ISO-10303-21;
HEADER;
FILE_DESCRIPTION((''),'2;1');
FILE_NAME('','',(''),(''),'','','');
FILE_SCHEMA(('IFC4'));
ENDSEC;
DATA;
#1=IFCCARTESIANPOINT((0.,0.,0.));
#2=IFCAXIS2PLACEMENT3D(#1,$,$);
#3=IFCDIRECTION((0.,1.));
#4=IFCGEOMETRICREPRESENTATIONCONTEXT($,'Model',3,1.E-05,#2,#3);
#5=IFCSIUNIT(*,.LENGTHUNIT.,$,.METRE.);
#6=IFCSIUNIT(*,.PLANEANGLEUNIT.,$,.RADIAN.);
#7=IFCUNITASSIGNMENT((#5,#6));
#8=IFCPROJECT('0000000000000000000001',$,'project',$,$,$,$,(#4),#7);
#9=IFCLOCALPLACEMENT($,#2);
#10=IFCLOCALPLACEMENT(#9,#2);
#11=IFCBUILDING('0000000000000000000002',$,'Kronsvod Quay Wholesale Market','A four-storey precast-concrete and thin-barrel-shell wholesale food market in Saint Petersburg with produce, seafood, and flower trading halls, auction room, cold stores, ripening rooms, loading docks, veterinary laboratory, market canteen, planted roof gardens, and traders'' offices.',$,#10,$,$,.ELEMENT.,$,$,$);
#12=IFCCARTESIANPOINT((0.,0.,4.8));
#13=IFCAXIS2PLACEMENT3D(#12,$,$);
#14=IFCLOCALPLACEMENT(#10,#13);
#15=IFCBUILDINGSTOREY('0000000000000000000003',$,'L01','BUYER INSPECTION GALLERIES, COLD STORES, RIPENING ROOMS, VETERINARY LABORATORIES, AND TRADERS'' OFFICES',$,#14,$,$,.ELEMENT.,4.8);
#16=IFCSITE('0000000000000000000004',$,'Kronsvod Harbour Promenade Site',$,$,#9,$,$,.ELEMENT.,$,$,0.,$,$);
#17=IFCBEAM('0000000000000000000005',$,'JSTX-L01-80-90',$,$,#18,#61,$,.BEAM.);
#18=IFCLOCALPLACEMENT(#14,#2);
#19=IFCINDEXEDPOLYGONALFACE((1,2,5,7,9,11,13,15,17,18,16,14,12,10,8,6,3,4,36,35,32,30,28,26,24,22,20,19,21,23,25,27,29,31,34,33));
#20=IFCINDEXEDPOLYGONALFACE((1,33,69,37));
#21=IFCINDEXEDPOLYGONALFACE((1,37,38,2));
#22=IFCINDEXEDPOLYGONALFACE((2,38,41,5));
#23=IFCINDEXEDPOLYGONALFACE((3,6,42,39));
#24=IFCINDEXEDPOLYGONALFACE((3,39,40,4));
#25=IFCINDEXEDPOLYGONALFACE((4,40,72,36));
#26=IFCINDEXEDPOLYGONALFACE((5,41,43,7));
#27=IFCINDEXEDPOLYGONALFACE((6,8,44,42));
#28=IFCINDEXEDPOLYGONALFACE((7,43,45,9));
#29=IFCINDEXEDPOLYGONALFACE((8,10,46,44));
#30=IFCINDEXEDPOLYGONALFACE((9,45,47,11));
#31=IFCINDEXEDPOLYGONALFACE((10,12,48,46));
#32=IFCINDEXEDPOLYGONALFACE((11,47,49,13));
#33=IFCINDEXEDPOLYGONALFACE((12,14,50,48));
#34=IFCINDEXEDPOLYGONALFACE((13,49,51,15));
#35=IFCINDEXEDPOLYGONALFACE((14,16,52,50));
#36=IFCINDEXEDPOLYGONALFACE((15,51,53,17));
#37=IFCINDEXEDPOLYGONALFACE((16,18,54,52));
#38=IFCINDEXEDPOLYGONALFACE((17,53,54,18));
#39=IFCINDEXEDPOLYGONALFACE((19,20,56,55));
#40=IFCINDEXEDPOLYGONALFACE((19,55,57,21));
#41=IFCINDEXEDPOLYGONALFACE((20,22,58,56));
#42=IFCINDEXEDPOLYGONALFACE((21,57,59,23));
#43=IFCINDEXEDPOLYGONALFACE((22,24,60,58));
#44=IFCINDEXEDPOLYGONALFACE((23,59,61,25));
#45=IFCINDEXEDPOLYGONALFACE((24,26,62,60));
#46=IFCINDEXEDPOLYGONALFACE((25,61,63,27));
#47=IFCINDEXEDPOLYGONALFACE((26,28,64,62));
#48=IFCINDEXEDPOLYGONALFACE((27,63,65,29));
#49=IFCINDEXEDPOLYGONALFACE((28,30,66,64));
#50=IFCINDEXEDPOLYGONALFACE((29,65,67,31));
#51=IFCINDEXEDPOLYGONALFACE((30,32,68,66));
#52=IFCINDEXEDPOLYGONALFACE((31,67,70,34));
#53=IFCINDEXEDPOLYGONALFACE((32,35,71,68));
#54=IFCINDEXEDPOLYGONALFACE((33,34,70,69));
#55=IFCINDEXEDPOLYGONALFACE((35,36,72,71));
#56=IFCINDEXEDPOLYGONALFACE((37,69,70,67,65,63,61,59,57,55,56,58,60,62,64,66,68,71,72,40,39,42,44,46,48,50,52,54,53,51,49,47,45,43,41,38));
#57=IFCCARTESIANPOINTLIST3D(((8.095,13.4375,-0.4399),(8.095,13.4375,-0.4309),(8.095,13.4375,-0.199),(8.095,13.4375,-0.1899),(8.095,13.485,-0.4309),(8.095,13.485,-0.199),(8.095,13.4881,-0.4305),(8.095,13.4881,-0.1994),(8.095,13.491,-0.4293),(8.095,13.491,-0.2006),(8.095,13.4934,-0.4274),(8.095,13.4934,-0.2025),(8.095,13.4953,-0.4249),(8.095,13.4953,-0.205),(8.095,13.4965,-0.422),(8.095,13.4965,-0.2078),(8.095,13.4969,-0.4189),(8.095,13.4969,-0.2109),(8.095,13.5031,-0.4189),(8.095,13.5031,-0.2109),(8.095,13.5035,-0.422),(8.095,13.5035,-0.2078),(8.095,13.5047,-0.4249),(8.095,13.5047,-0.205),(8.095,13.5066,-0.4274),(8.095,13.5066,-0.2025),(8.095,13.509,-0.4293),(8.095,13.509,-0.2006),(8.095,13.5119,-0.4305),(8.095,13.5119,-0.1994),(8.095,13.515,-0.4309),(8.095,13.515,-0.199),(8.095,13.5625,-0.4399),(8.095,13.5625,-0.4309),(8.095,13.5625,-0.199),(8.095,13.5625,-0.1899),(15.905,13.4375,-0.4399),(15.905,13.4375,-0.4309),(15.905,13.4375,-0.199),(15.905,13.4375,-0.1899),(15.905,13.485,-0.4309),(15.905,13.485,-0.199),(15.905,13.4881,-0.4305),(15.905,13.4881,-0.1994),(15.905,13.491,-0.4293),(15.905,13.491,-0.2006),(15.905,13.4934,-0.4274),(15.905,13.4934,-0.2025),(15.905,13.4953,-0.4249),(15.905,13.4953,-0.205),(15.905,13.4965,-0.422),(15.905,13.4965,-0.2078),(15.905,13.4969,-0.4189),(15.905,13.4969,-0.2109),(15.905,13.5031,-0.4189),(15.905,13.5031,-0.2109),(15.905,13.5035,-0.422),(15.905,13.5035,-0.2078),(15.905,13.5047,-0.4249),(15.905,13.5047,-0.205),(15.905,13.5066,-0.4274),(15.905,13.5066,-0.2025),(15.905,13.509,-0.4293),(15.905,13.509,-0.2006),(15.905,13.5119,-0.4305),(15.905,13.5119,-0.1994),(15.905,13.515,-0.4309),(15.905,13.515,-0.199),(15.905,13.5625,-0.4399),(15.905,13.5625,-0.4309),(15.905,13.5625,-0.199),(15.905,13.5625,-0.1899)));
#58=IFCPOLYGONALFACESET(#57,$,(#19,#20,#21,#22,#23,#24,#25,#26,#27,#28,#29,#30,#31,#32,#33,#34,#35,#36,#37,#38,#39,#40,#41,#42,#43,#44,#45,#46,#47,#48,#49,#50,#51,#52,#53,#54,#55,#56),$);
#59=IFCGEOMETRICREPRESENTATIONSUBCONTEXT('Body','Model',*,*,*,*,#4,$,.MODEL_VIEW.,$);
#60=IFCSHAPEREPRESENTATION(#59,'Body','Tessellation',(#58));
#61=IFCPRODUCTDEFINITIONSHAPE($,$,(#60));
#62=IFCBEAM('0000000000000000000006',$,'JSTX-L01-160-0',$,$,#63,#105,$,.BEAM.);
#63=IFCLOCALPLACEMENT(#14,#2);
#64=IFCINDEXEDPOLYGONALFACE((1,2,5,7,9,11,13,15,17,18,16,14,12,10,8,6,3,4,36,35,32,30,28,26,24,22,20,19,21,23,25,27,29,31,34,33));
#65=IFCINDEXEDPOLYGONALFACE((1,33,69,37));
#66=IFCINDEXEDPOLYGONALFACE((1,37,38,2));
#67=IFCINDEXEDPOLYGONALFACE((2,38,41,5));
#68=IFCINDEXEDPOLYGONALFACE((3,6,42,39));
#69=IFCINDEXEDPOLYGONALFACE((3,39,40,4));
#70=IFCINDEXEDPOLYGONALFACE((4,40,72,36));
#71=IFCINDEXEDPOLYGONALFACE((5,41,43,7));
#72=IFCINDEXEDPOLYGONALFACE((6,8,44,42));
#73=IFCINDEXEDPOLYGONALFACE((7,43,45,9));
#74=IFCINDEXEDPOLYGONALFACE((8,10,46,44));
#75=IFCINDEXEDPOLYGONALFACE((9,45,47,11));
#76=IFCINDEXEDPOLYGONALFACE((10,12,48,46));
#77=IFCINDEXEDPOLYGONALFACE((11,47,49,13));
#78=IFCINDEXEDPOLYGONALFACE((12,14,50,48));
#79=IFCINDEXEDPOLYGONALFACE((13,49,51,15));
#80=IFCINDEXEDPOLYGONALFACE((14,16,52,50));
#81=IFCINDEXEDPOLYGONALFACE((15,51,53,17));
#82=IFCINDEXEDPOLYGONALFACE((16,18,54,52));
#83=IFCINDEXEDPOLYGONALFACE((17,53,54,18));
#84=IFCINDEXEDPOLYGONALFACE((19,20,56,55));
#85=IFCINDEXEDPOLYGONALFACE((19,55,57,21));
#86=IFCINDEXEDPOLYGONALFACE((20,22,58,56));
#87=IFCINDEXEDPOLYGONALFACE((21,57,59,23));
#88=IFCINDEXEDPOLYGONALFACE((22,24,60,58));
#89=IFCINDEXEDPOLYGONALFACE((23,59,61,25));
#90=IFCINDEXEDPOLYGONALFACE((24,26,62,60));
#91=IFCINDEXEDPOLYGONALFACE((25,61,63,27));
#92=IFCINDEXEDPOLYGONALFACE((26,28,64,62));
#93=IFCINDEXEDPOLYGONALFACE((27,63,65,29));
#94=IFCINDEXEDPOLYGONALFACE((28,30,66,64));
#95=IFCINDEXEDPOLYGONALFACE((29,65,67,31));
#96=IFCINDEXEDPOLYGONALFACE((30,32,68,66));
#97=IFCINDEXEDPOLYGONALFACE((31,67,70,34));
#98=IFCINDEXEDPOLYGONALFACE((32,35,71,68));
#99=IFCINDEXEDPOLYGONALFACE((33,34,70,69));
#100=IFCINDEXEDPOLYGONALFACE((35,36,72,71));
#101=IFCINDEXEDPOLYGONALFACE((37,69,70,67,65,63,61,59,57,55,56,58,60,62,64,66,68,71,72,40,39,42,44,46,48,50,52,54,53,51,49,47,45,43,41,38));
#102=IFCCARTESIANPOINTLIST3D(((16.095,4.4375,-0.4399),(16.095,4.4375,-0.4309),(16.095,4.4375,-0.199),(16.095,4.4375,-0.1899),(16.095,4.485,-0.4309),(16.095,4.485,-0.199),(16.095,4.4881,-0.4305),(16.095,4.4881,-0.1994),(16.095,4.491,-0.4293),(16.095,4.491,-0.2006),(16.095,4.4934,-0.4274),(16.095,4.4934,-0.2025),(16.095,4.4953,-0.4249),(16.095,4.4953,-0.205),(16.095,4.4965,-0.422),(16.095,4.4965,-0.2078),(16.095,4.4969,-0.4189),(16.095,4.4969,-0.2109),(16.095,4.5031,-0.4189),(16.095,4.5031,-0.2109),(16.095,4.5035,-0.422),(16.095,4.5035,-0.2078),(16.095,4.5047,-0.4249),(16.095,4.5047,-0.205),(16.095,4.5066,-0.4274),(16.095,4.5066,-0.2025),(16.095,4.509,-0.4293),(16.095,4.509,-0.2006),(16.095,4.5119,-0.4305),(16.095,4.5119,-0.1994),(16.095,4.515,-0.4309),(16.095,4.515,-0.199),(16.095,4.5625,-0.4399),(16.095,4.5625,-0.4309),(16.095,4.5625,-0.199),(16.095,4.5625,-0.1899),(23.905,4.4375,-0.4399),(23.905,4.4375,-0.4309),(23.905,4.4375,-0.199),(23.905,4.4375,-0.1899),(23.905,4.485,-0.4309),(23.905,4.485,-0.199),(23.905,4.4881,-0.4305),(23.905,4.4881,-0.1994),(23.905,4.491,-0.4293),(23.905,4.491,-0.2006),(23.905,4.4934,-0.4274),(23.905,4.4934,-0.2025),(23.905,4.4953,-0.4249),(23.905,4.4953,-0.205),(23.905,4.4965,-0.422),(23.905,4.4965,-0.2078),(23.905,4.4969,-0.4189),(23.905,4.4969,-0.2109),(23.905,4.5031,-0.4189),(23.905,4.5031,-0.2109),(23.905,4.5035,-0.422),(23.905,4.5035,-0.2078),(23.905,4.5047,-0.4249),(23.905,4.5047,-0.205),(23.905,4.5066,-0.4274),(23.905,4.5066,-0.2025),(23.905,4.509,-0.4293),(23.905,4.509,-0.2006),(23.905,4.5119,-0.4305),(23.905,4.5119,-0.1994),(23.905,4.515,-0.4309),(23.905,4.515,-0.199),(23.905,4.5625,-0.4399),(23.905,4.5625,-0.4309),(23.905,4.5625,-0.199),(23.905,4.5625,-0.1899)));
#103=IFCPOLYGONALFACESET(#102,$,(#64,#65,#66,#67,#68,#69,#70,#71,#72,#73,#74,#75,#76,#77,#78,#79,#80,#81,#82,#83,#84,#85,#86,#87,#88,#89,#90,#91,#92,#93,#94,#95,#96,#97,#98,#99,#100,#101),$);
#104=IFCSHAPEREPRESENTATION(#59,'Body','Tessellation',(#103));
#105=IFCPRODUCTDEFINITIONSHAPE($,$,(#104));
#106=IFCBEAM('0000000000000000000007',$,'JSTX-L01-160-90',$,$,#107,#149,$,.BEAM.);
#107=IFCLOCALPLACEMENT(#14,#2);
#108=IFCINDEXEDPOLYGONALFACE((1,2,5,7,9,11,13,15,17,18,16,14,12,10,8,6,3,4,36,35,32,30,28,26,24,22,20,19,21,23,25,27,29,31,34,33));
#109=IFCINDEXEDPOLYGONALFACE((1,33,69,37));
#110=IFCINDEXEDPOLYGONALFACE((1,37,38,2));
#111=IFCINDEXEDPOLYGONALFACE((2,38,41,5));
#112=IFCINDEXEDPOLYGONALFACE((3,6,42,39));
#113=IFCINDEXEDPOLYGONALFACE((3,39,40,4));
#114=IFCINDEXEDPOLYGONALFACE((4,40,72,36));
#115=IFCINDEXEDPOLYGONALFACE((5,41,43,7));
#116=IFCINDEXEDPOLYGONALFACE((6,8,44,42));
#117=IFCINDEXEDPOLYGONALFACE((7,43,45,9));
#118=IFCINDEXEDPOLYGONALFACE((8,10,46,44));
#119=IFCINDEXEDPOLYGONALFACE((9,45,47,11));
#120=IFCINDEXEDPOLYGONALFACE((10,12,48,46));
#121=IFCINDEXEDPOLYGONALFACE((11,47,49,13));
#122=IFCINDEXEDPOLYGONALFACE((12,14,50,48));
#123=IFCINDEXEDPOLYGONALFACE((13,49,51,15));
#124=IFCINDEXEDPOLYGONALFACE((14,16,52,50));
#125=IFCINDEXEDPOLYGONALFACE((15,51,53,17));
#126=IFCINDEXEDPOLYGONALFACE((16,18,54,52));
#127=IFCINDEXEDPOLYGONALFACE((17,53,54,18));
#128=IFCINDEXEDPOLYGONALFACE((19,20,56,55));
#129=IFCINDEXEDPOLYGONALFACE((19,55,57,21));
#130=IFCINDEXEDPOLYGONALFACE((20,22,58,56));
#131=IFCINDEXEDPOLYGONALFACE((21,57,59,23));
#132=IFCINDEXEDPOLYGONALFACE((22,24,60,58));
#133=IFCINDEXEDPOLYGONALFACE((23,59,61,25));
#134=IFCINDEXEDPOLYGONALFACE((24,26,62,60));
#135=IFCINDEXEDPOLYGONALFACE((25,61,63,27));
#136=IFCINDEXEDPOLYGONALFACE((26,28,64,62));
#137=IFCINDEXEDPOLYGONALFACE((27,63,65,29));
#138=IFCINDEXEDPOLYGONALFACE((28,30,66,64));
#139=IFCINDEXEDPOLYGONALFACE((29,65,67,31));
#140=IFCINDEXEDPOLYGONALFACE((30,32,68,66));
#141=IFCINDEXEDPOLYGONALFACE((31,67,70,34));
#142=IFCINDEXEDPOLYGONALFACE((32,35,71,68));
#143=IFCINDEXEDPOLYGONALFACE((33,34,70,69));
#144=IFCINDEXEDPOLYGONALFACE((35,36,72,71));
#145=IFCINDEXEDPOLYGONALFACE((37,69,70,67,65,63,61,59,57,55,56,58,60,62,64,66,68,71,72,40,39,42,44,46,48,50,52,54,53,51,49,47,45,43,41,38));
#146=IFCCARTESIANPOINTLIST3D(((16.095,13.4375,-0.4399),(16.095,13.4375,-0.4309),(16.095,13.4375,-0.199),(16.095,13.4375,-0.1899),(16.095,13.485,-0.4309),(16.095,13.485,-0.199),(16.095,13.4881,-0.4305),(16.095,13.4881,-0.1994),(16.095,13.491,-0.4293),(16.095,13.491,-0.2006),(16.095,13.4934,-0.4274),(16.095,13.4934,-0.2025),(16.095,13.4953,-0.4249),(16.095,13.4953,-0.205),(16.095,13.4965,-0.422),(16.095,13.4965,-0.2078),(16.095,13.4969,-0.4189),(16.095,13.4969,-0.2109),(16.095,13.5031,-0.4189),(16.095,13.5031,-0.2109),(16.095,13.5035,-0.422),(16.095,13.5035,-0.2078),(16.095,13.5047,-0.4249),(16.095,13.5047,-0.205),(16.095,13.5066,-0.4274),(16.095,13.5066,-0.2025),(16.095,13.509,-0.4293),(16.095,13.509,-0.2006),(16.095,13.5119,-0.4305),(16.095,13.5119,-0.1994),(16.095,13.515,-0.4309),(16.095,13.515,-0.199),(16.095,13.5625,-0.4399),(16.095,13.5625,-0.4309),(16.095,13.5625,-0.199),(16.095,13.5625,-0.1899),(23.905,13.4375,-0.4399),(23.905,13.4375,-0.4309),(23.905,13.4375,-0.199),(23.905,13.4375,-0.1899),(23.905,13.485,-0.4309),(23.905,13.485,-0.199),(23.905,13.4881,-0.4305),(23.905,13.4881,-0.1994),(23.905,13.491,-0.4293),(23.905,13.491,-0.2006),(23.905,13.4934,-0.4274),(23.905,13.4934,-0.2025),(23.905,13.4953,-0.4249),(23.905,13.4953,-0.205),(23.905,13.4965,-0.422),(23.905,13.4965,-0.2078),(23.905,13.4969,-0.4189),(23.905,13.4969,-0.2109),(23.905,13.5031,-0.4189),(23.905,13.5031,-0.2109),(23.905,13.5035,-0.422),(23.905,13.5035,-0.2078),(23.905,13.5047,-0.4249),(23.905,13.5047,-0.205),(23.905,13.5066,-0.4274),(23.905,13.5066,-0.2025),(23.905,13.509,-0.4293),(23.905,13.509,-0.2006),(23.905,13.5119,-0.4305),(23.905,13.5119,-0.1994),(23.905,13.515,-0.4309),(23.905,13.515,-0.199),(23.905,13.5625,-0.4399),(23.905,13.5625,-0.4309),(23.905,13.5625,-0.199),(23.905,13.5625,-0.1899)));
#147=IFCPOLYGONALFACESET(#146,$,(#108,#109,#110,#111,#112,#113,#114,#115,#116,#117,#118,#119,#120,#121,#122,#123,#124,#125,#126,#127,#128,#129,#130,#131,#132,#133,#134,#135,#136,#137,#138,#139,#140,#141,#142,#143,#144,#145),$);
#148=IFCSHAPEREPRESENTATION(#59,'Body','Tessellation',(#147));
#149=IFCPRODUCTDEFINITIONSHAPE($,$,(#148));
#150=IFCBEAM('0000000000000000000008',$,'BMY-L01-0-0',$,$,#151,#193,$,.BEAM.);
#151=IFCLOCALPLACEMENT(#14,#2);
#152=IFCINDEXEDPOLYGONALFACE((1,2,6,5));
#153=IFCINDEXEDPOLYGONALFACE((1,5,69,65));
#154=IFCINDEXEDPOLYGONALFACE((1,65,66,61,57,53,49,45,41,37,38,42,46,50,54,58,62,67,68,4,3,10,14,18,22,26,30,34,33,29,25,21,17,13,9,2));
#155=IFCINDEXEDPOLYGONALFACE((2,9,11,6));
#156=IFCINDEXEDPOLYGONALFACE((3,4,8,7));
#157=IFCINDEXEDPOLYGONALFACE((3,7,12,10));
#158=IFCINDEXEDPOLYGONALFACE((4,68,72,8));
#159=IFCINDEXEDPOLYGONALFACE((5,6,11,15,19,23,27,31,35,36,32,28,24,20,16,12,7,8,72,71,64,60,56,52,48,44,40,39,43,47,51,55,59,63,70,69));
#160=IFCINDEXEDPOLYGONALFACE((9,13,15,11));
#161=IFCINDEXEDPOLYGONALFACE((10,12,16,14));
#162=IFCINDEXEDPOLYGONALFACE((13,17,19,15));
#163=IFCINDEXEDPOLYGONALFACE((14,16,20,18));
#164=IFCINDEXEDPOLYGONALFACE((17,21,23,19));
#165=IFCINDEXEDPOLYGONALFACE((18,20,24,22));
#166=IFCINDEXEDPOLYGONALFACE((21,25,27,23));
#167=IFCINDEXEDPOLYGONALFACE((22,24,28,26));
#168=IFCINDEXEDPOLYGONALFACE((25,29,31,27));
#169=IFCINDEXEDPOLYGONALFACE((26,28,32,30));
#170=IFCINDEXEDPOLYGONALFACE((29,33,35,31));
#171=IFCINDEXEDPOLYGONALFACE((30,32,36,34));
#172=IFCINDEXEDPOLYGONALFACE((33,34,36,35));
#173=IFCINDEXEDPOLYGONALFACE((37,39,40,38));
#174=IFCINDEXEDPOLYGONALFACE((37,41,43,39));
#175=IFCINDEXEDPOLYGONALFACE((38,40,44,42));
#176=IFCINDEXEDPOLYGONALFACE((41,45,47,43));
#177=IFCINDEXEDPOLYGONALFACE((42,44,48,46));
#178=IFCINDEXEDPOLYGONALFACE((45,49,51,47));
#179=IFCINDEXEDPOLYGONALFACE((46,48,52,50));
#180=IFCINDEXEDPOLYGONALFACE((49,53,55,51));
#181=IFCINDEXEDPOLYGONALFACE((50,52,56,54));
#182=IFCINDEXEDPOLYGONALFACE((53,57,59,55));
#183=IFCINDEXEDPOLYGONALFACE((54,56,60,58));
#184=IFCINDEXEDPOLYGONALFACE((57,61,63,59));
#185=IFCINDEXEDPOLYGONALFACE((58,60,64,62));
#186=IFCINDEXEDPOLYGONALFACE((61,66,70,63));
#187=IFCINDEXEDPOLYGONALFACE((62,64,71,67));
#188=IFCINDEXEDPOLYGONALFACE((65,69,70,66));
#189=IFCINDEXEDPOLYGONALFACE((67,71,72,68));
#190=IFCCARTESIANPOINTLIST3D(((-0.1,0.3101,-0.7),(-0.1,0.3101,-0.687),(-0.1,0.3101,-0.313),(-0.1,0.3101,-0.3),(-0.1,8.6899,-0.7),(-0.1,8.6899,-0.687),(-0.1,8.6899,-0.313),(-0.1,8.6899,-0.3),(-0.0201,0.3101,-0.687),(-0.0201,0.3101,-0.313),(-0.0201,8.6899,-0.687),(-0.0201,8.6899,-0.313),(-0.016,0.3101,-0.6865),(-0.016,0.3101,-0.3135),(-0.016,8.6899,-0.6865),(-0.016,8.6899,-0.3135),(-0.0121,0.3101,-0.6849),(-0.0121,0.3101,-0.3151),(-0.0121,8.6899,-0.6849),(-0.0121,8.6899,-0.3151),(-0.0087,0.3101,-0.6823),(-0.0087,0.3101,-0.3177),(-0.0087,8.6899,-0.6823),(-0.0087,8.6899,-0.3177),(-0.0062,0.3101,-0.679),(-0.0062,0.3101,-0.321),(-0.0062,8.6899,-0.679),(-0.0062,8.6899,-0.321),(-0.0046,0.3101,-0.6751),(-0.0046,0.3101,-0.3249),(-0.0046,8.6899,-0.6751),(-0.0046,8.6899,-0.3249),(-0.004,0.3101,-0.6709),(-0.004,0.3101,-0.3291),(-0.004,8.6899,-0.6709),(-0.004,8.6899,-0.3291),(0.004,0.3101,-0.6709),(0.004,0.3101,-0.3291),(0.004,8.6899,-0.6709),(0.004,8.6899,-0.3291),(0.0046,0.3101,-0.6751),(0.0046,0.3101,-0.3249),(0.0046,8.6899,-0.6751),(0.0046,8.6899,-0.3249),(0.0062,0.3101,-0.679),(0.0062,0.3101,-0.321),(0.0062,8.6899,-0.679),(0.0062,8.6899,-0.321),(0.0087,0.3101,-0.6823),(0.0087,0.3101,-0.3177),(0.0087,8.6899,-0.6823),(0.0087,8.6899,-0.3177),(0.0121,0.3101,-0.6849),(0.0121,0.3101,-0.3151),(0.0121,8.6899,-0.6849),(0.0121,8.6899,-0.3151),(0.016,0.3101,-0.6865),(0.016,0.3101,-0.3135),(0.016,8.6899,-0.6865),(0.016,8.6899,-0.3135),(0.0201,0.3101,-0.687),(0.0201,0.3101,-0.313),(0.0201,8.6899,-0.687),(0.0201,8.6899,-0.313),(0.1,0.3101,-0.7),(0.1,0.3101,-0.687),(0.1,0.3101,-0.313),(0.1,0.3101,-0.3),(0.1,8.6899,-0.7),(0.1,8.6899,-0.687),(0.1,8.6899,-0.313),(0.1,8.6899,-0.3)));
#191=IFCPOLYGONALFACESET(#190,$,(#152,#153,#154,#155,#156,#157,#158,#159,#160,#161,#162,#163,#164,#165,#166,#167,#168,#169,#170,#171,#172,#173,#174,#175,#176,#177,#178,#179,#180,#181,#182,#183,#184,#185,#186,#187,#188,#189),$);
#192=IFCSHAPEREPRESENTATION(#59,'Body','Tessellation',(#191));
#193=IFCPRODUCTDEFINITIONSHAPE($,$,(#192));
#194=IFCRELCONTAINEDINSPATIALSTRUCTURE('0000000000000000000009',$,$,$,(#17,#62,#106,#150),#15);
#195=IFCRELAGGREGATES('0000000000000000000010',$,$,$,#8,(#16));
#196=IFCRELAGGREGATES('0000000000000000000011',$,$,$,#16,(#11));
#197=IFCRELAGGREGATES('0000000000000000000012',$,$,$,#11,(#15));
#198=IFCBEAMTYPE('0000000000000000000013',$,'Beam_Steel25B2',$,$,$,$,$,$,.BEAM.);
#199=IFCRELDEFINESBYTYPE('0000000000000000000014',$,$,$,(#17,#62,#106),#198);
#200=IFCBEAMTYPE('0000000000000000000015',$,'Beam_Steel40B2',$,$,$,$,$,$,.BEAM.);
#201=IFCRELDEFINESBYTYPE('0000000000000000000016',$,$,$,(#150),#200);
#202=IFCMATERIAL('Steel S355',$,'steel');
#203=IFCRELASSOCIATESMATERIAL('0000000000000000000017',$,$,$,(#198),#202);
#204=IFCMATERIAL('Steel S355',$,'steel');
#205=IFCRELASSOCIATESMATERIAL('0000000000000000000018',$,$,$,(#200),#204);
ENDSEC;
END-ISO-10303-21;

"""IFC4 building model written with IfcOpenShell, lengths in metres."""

from ifc_helpers import new_model, si_unit, direction, frame, origin, origin_2d, place, context, subcontext, project, spatial, i_section, extrude, material, material_profile, profile_set, type_object, element, save


model = new_model("IFC4")

# Units and contexts
model_context = context("Model", 3, precision=1e-05, world=origin(), true_north=direction((0.0, 1.0)))
body_context = subcontext(model_context, "Body", "Model", "MODEL_VIEW")
ifc_project = project(units=[si_unit("LENGTHUNIT", "METRE"), si_unit("PLANEANGLEUNIT", "RADIAN")], contexts=[model_context])

# Site, building, storey
site_placement = place(None, origin())
site = spatial("IfcSite", under=ifc_project, at=site_placement, Name="Kronsvod Harbour Promenade Site", CompositionType="ELEMENT", RefElevation=0.0)
building_placement = place(site_placement, origin())
building = spatial("IfcBuilding", under=site, at=building_placement, Name="Kronsvod Quay Wholesale Market", Description="A four-storey precast-concrete and thin-barrel-shell wholesale food market in Saint Petersburg with produce, seafood, and flower trading halls, auction room, cold stores, ripening rooms, loading docks, veterinary laboratory, market canteen, planted roof gardens, and traders' offices.", CompositionType="ELEMENT")
storey_placement = place(building_placement, frame((0.0, 0.0, 4.8)))
storey = spatial("IfcBuildingStorey", under=building, at=storey_placement, Name="L01", Description="BUYER INSPECTION GALLERIES, COLD STORES, RIPENING ROOMS, VETERINARY LABORATORIES, AND TRADERS' OFFICES", CompositionType="ELEMENT", Elevation=4.8)

# Beams
ifc_material_1 = material(Name="Steel S355", Category="steel")
ifc_material_profile_1 = material_profile(ifc_material_1, i_section(OverallWidth=0.125, OverallDepth=0.25, WebThickness=0.0061, FlangeThickness=0.009, FilletRadius=0.012, at=origin_2d()), Name="25B2")
ifc_profile_set_1 = profile_set([ifc_material_profile_1], Name="Steel S355")
beam_type_1 = type_object("IfcBeamType", Name="Beam_Steel25B2", PredefinedType="BEAM", material=ifc_profile_set_1)
for number, where, z_axis, x_axis, name in (
    (1, (8.095, 13.5, -0.3149), (1.0, 0.0, 0.0), (0.0, 1.0, 0.0), "JSTX-L01-80-90"),
    (2, (16.095, 4.5, -0.3149), (1.0, 0.0, 0.0), (0.0, 1.0, 0.0), "JSTX-L01-160-0"),
    (3, (16.095, 13.5, -0.3149), (1.0, 0.0, 0.0), (0.0, 1.0, 0.0), "JSTX-L01-160-90"),
):
    element("IfcBeam", number, at=place(storey_placement, frame(where, z_axis=z_axis, x_axis=x_axis)), inside=storey, type_object=beam_type_1, Name=name, PredefinedType="BEAM", context=body_context, shape_type="SweptSolid", body=[
        extrude(i_section(OverallWidth=0.125, OverallDepth=0.25, WebThickness=0.0061, FlangeThickness=0.009, FilletRadius=0.012, at=origin_2d()), origin(), (0.0, 0.0, 1.0), 7.8101),
    ])
ifc_material_2 = material(Name="Steel S355", Category="steel")
ifc_material_profile_2 = material_profile(ifc_material_2, i_section(OverallWidth=0.2, OverallDepth=0.3999, WebThickness=0.0081, FlangeThickness=0.0129, FilletRadius=0.0161, at=origin_2d()), Name="40B2")
ifc_profile_set_2 = profile_set([ifc_material_profile_2], Name="Steel S355")
beam_type_2 = type_object("IfcBeamType", Name="Beam_Steel40B2", PredefinedType="BEAM", material=ifc_profile_set_2)
for number, where, z_axis, x_axis, name in (
    (4, (0.0, 0.3101, -0.5), (0.0, 1.0, 0.0), (-1.0, 0.0, 0.0), "BMY-L01-0-0"),
):
    element("IfcBeam", number, at=place(storey_placement, frame(where, z_axis=z_axis, x_axis=x_axis)), inside=storey, type_object=beam_type_2, Name=name, PredefinedType="BEAM", context=body_context, shape_type="SweptSolid", body=[
        extrude(i_section(OverallWidth=0.2, OverallDepth=0.3999, WebThickness=0.0081, FlangeThickness=0.0129, FilletRadius=0.0161, at=origin_2d()), origin(), (0.0, 0.0, 1.0), 8.3799),
    ])

save(model, "model.ifc")
